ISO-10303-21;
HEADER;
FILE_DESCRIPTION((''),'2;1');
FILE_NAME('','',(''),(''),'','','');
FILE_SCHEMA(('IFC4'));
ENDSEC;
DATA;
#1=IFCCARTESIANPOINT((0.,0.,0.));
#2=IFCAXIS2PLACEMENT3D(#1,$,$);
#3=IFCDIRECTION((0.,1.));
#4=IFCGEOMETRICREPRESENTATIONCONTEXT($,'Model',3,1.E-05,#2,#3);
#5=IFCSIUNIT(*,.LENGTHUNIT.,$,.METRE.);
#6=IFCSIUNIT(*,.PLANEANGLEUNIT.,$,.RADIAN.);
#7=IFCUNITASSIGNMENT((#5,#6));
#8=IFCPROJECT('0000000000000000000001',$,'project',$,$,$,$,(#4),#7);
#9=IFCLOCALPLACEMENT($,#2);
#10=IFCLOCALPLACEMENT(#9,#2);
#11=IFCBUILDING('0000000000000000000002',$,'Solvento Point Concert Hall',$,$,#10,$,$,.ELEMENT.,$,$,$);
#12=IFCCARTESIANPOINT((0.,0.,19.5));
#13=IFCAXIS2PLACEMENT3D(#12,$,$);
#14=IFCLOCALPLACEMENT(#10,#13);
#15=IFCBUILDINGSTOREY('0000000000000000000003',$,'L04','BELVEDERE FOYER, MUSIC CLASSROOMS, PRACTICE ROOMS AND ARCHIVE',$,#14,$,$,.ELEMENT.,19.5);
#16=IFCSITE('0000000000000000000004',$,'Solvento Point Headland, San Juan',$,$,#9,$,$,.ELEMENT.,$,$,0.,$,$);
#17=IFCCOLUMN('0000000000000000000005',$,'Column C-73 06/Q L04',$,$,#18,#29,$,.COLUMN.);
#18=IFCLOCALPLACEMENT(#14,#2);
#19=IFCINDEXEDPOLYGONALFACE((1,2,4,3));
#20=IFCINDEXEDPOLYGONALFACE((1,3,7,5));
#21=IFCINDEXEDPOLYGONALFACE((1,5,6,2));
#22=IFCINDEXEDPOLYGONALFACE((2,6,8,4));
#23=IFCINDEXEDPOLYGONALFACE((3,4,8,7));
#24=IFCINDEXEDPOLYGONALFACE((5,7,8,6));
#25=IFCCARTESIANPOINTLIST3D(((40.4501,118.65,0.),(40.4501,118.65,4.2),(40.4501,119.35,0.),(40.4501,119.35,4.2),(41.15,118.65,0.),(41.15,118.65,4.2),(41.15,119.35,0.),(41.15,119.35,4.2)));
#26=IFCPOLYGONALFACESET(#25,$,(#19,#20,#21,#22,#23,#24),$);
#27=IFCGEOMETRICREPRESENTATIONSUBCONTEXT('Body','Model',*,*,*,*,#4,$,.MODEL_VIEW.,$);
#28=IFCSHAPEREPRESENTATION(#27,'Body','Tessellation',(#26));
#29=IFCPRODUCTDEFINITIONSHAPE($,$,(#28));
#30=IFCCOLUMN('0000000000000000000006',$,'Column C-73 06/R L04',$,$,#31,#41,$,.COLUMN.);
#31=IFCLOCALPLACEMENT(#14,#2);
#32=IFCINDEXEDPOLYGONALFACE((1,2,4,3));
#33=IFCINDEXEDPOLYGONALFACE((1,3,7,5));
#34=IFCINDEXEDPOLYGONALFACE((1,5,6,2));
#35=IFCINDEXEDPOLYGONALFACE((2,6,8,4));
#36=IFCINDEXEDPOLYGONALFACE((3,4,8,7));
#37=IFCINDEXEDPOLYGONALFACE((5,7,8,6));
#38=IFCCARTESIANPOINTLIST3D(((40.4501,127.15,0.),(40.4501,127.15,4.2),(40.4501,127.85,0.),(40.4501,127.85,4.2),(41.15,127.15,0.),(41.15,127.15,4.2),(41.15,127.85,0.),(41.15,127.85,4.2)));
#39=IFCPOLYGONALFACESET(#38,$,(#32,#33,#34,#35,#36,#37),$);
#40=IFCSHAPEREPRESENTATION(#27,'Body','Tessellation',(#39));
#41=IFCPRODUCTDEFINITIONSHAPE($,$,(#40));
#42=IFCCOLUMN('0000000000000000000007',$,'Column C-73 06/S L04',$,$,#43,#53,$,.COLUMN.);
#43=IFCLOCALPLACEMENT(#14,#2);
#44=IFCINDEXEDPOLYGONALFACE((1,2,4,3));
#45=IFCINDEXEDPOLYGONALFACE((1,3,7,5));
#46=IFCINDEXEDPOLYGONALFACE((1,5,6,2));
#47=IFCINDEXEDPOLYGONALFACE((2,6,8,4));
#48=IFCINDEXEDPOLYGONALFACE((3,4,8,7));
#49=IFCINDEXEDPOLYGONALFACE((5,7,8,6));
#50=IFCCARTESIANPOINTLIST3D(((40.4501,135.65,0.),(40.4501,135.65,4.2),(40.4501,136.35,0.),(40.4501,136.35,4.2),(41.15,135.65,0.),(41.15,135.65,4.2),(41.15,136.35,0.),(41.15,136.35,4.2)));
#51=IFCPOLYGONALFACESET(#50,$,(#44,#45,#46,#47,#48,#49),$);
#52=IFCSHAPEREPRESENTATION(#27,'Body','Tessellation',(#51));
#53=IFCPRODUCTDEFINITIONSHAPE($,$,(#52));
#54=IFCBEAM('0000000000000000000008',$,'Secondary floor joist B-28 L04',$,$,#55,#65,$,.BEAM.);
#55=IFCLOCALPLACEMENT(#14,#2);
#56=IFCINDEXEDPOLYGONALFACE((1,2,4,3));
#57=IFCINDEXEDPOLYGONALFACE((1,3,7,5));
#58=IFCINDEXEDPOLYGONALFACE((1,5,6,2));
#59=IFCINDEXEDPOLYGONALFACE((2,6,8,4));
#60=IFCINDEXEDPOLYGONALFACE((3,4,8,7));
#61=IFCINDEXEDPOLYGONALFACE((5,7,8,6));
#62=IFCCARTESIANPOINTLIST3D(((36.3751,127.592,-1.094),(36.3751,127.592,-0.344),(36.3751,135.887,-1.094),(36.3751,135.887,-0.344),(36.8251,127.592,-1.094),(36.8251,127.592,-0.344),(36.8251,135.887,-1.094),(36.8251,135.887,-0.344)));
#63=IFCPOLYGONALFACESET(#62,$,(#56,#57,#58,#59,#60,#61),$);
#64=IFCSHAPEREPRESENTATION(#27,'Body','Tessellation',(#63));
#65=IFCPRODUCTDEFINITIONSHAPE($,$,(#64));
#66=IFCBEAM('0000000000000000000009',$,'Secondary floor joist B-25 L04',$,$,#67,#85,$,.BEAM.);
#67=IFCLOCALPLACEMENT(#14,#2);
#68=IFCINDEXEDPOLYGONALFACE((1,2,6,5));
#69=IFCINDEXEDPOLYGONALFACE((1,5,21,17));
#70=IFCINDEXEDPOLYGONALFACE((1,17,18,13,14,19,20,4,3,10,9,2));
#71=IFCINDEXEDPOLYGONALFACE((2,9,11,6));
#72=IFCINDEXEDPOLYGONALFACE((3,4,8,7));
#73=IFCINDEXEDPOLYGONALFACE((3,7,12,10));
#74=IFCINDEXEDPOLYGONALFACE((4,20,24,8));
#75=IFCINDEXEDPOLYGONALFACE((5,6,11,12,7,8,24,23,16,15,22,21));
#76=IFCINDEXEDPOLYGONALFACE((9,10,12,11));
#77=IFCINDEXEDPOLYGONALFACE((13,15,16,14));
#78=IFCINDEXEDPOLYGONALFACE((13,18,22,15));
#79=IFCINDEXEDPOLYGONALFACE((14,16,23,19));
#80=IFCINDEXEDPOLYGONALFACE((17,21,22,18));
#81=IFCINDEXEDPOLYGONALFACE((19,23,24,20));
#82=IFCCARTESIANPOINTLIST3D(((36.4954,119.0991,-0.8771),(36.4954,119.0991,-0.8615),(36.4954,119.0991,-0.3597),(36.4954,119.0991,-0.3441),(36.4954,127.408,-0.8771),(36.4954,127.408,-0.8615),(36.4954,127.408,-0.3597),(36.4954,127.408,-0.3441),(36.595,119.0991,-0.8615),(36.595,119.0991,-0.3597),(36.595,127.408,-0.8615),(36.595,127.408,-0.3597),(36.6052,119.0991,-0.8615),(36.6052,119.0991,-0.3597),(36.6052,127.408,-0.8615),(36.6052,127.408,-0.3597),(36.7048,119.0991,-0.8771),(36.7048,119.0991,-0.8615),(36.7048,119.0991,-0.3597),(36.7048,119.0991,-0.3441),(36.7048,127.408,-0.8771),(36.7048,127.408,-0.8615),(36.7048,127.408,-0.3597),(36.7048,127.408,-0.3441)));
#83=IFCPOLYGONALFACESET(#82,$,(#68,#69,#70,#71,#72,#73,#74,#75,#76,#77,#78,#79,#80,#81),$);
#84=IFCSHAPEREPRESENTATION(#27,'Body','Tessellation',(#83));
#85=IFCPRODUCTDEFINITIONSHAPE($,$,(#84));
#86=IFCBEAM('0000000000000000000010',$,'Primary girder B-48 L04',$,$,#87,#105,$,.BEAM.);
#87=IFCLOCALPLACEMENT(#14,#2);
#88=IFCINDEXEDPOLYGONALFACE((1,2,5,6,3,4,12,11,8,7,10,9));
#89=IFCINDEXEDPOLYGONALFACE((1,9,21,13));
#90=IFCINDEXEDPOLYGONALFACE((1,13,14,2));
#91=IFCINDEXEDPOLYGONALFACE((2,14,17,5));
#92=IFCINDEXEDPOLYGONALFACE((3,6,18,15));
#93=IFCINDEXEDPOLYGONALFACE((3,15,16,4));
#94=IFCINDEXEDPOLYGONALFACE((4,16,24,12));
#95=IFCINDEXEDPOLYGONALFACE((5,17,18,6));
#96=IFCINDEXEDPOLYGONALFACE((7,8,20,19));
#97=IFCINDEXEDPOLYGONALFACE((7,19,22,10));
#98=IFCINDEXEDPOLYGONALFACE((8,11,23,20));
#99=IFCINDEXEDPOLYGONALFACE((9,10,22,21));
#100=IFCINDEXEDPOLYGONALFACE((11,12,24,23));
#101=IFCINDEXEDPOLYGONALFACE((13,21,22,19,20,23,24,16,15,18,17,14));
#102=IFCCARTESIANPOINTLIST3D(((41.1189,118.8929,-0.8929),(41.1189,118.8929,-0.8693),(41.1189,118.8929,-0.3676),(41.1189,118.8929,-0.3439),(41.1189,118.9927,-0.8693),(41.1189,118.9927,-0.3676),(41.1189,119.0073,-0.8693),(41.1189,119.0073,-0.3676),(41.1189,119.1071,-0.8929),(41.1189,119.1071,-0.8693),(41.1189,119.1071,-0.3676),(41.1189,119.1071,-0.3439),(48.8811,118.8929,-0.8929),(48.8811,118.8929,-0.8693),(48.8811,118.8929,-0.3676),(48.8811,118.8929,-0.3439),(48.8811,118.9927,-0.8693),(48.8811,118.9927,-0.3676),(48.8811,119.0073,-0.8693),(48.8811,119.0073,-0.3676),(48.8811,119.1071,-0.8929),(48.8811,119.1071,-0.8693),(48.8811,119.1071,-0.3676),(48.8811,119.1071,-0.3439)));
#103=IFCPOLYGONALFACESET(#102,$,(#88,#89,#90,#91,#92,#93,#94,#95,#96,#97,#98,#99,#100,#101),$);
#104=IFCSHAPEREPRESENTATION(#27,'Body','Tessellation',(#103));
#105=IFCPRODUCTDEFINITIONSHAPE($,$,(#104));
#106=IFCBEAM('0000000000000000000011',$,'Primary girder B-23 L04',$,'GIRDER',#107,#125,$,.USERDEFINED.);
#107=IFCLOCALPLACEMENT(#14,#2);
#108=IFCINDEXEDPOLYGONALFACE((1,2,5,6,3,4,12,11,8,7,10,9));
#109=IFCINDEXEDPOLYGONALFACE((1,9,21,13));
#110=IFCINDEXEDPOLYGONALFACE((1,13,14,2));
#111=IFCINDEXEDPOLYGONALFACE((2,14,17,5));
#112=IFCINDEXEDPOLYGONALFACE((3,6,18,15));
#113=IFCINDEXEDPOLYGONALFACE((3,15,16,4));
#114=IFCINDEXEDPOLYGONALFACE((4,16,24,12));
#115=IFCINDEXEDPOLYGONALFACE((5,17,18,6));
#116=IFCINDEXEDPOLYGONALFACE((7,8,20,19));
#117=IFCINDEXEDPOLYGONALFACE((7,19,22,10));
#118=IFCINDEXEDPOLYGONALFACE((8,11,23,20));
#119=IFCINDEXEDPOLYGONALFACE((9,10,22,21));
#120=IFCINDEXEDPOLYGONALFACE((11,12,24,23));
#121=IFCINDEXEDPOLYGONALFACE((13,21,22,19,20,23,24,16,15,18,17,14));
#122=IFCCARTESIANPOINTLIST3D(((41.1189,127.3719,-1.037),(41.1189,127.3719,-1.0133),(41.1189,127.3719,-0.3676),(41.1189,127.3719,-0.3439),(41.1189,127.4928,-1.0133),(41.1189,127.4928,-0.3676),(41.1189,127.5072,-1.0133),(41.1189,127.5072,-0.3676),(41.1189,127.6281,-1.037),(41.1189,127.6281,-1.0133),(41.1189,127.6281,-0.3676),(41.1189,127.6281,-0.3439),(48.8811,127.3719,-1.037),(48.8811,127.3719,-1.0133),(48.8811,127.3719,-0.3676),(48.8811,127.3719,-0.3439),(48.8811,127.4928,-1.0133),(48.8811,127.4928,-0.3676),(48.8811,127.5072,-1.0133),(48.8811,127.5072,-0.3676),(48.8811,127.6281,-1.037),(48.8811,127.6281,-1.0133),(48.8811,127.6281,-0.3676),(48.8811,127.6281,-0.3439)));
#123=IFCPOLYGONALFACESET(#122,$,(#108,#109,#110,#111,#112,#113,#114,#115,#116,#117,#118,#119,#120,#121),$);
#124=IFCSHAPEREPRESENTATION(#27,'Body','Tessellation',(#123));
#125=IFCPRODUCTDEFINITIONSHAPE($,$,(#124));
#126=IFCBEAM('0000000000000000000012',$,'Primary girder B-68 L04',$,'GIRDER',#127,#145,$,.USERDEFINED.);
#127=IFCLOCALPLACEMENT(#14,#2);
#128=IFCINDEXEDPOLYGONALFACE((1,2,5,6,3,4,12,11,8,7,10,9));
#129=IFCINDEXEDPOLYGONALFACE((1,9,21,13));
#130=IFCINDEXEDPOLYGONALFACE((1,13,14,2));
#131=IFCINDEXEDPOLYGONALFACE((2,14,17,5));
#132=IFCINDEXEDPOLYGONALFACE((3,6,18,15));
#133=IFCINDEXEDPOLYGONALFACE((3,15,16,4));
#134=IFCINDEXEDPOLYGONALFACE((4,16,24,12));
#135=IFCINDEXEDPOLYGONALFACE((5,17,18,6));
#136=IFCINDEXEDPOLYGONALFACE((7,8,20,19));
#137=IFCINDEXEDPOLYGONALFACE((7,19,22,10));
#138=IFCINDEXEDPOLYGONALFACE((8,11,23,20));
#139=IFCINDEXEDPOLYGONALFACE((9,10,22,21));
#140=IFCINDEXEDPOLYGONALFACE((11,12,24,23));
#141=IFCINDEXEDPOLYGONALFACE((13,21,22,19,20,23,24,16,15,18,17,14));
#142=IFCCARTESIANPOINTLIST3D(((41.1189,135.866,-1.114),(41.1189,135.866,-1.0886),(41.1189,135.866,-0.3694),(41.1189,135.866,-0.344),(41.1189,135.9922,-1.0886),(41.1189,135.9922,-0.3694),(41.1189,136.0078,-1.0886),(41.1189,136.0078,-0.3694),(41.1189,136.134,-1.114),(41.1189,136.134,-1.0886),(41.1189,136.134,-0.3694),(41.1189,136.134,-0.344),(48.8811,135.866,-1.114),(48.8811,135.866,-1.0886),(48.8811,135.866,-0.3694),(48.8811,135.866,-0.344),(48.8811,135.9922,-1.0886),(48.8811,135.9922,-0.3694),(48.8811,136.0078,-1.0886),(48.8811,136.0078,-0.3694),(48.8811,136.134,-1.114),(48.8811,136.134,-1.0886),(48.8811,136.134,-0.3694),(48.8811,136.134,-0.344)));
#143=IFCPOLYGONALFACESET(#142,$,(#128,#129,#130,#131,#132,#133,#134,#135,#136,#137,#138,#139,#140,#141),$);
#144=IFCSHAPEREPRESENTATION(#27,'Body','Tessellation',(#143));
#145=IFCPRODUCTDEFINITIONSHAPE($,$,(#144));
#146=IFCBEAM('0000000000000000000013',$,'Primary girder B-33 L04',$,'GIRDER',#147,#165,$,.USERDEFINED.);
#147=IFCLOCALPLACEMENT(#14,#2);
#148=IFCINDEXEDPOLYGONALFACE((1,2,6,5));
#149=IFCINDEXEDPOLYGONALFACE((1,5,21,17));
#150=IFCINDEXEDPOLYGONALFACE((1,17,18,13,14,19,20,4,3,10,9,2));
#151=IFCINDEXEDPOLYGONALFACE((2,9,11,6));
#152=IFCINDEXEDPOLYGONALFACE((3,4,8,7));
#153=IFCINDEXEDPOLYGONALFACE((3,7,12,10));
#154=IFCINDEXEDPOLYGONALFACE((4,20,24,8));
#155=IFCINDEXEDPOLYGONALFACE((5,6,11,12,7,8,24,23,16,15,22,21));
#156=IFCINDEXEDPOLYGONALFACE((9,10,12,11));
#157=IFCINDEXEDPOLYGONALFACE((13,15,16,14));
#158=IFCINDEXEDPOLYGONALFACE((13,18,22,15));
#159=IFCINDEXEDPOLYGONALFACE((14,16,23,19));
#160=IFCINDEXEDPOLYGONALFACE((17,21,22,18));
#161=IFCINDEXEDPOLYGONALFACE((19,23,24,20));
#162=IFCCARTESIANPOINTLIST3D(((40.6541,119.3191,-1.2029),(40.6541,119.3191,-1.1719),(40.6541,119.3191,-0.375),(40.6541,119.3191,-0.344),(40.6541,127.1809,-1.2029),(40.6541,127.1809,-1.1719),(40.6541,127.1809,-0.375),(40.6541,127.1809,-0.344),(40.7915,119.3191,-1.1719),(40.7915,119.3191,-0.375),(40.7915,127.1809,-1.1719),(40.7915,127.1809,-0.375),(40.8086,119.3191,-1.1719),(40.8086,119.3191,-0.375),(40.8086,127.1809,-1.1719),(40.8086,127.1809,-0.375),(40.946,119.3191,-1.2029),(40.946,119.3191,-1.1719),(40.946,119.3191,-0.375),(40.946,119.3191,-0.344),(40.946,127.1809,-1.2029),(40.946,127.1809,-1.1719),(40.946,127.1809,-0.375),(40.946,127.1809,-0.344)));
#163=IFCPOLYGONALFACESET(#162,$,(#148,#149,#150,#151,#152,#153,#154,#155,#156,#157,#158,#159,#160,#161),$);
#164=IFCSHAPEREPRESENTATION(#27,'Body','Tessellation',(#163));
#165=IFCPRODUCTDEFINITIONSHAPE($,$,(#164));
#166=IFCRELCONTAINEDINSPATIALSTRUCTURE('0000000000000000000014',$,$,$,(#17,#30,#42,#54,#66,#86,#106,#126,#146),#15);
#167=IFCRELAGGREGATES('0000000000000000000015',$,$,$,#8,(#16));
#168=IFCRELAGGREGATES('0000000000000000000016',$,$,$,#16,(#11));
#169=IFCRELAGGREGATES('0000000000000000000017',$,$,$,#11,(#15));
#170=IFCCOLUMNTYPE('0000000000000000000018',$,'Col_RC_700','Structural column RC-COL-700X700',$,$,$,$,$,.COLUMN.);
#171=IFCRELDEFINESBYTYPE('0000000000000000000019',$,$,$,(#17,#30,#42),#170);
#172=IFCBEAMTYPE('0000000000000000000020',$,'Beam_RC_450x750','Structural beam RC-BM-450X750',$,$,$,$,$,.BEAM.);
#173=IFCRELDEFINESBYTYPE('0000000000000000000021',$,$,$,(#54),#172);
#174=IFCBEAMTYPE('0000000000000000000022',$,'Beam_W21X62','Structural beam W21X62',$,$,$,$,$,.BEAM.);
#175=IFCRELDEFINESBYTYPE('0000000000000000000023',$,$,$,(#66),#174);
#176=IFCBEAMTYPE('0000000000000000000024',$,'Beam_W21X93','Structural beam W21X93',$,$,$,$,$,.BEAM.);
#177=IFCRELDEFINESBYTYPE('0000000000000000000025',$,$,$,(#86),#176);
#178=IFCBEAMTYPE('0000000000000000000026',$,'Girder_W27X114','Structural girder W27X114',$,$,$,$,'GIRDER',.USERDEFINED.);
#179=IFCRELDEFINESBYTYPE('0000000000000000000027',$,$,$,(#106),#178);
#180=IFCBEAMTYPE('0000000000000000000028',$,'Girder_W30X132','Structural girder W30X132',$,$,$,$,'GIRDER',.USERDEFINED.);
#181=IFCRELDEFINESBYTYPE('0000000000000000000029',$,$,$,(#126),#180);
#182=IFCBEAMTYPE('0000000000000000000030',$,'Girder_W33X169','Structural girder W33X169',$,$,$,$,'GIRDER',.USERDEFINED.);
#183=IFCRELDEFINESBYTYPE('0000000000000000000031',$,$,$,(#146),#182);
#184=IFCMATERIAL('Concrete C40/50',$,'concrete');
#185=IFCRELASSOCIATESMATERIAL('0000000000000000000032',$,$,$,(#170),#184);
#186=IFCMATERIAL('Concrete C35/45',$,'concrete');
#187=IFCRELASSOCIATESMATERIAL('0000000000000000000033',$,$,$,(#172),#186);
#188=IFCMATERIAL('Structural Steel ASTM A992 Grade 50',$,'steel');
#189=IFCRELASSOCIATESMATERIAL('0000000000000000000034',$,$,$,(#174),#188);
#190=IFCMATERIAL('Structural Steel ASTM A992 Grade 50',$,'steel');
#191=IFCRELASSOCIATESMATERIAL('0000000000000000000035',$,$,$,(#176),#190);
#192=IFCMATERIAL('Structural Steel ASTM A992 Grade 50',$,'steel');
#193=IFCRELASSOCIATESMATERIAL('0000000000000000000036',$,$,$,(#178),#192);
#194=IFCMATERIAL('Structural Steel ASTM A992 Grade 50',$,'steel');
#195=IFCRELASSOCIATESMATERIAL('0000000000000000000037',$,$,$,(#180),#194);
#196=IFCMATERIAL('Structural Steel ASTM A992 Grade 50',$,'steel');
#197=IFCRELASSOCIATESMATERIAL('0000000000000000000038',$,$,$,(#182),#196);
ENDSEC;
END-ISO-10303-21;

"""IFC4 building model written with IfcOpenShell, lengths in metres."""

from ifc_helpers import new_model, si_unit, direction, frame, origin, origin_2d, place, context, subcontext, project, spatial, rectangle, i_section, extrude, material, material_profile, profile_set, type_object, element, save


model = new_model("IFC4")

# Units and contexts
model_context = context("Model", 3, precision=1e-05, world=origin(), true_north=direction((0.0, 1.0)))
body_context = subcontext(model_context, "Body", "Model", "MODEL_VIEW")
ifc_project = project(units=[si_unit("LENGTHUNIT", "METRE"), si_unit("PLANEANGLEUNIT", "RADIAN")], contexts=[model_context])

# Site, building, storey
site_placement = place(None, origin())
site = spatial("IfcSite", under=ifc_project, at=site_placement, Name="Solvento Point Headland, San Juan", CompositionType="ELEMENT", RefElevation=0.0)
building_placement = place(site_placement, origin())
building = spatial("IfcBuilding", under=site, at=building_placement, Name="Solvento Point Concert Hall", CompositionType="ELEMENT")
storey_placement = place(building_placement, frame((0.0, 0.0, 19.5)))
storey = spatial("IfcBuildingStorey", under=building, at=storey_placement, Name="L04", Description="BELVEDERE FOYER, MUSIC CLASSROOMS, PRACTICE ROOMS AND ARCHIVE", CompositionType="ELEMENT", Elevation=19.5)

# Columns
ifc_material_1 = material(Name="Concrete C40/50", Category="concrete")
ifc_material_profile_1 = material_profile(ifc_material_1, rectangle(XDim=0.7, YDim=0.7, at=origin_2d()), Name="RC-COL-700X700")
ifc_profile_set_1 = profile_set([ifc_material_profile_1], Name="Concrete C40/50")
column_type = type_object("IfcColumnType", Name="Col_RC_700", Description="Structural column RC-COL-700X700", PredefinedType="COLUMN", material=ifc_profile_set_1)
for number, where, z_axis, x_axis, name in (
    (1, (40.8, 119.0, 0.0), (0.0, 0.0, 1.0), (1.0, 0.0, 0.0), "Column C-73 06/Q L04"),
    (2, (40.8, 127.5, 0.0), (0.0, 0.0, 1.0), (1.0, 0.0, 0.0), "Column C-73 06/R L04"),
    (3, (40.8, 136.0, 0.0), (0.0, 0.0, 1.0), (1.0, 0.0, 0.0), "Column C-73 06/S L04"),
):
    element("IfcColumn", number, at=place(storey_placement, frame(where, z_axis=z_axis, x_axis=x_axis)), inside=storey, type_object=column_type, Name=name, PredefinedType="COLUMN", context=body_context, shape_type="SweptSolid", body=[
        extrude(rectangle(XDim=0.7, YDim=0.7, at=origin_2d()), origin(), (0.0, 0.0, 1.0), 4.2),
    ])

# Beams
ifc_material_2 = material(Name="Concrete C35/45", Category="concrete")
ifc_material_profile_2 = material_profile(ifc_material_2, rectangle(XDim=0.45, YDim=0.75, at=origin_2d()), Name="RC-BM-450X750")
ifc_profile_set_2 = profile_set([ifc_material_profile_2], Name="Concrete C35/45")
beam_type_1 = type_object("IfcBeamType", Name="Beam_RC_450x750", Description="Structural beam RC-BM-450X750", PredefinedType="BEAM", material=ifc_profile_set_2)
beam_1_placement = place(storey_placement, frame((36.6001, 127.592, -0.719), z_axis=(0.0, 1.0, 0.0), x_axis=(-1.0, 0.0, 0.0)))
element("IfcBeam", 4, at=beam_1_placement, inside=storey, type_object=beam_type_1, Name="Secondary floor joist B-28 L04", PredefinedType="BEAM", context=body_context, shape_type="SweptSolid", body=[
    extrude(rectangle(XDim=0.45, YDim=0.75, at=origin_2d()), origin(), (0.0, 0.0, 1.0), 8.2949),
])
ifc_material_3 = material(Name="Structural Steel ASTM A992 Grade 50", Category="steel")
ifc_material_profile_3 = material_profile(ifc_material_3, i_section(OverallWidth=0.2095, OverallDepth=0.533, WebThickness=0.0103, FlangeThickness=0.0156, at=origin_2d()), Name="W21X62")
ifc_profile_set_3 = profile_set([ifc_material_profile_3], Name="Structural Steel ASTM A992 Grade 50")
beam_type_2 = type_object("IfcBeamType", Name="Beam_W21X62", Description="Structural beam W21X62", PredefinedType="BEAM", material=ifc_profile_set_3)
beam_2_placement = place(storey_placement, frame((36.6001, 119.0991, -0.6106), z_axis=(0.0, 1.0, 0.0), x_axis=(-1.0, 0.0, 0.0)))
element("IfcBeam", 5, at=beam_2_placement, inside=storey, type_object=beam_type_2, Name="Secondary floor joist B-25 L04", PredefinedType="BEAM", context=body_context, shape_type="SweptSolid", body=[
    extrude(i_section(OverallWidth=0.2095, OverallDepth=0.533, WebThickness=0.0103, FlangeThickness=0.0156, at=origin_2d()), origin(), (0.0, 0.0, 1.0), 8.3088),
])
ifc_material_4 = material(Name="Structural Steel ASTM A992 Grade 50", Category="steel")
ifc_material_profile_4 = material_profile(ifc_material_4, i_section(OverallWidth=0.2141, OverallDepth=0.5491, WebThickness=0.0146, FlangeThickness=0.0237, at=origin_2d()), Name="W21X93")
ifc_profile_set_4 = profile_set([ifc_material_profile_4], Name="Structural Steel ASTM A992 Grade 50")
beam_type_3 = type_object("IfcBeamType", Name="Beam_W21X93", Description="Structural beam W21X93", PredefinedType="BEAM", material=ifc_profile_set_4)
beam_3_placement = place(storey_placement, frame((41.1189, 119.0, -0.6184), z_axis=(1.0, 0.0, 0.0), x_axis=(0.0, 1.0, 0.0)))
element("IfcBeam", 6, at=beam_3_placement, inside=storey, type_object=beam_type_3, Name="Primary girder B-48 L04", PredefinedType="BEAM", context=body_context, shape_type="SweptSolid", body=[
    extrude(i_section(OverallWidth=0.2141, OverallDepth=0.5491, WebThickness=0.0146, FlangeThickness=0.0237, at=origin_2d()), origin(), (0.0, 0.0, 1.0), 7.7622),
])
ifc_material_5 = material(Name="Structural Steel ASTM A992 Grade 50", Category="steel")
ifc_material_profile_5 = material_profile(ifc_material_5, i_section(OverallWidth=0.2561, OverallDepth=0.6931, WebThickness=0.0144, FlangeThickness=0.0237, at=origin_2d()), Name="W27X114")
ifc_profile_set_5 = profile_set([ifc_material_profile_5], Name="Structural Steel ASTM A992 Grade 50")
beam_type_4 = type_object("IfcBeamType", Name="Girder_W27X114", Description="Structural girder W27X114", ElementType="GIRDER", PredefinedType="USERDEFINED", material=ifc_profile_set_5)
beam_4_placement = place(storey_placement, frame((41.1189, 127.5, -0.6904), z_axis=(1.0, 0.0, 0.0), x_axis=(0.0, 1.0, 0.0)))
element("IfcBeam", 7, at=beam_4_placement, inside=storey, type_object=beam_type_4, Name="Primary girder B-23 L04", ObjectType="GIRDER", PredefinedType="USERDEFINED", context=body_context, shape_type="SweptSolid", body=[
    extrude(i_section(OverallWidth=0.2561, OverallDepth=0.6931, WebThickness=0.0144, FlangeThickness=0.0237, at=origin_2d()), origin(), (0.0, 0.0, 1.0), 7.7622),
])
ifc_material_6 = material(Name="Structural Steel ASTM A992 Grade 50", Category="steel")
ifc_material_profile_6 = material_profile(ifc_material_6, i_section(OverallWidth=0.2681, OverallDepth=0.77, WebThickness=0.0156, FlangeThickness=0.0254, at=origin_2d()), Name="W30X132")
ifc_profile_set_6 = profile_set([ifc_material_profile_6], Name="Structural Steel ASTM A992 Grade 50")
beam_type_5 = type_object("IfcBeamType", Name="Girder_W30X132", Description="Structural girder W30X132", ElementType="GIRDER", PredefinedType="USERDEFINED", material=ifc_profile_set_6)
beam_5_placement = place(storey_placement, frame((41.1189, 136.0, -0.729), z_axis=(1.0, 0.0, 0.0), x_axis=(0.0, 1.0, 0.0)))
element("IfcBeam", 8, at=beam_5_placement, inside=storey, type_object=beam_type_5, Name="Primary girder B-68 L04", ObjectType="GIRDER", PredefinedType="USERDEFINED", context=body_context, shape_type="SweptSolid", body=[
    extrude(i_section(OverallWidth=0.2681, OverallDepth=0.77, WebThickness=0.0156, FlangeThickness=0.0254, at=origin_2d()), origin(), (0.0, 0.0, 1.0), 7.7622),
])
ifc_material_7 = material(Name="Structural Steel ASTM A992 Grade 50", Category="steel")
ifc_material_profile_7 = material_profile(ifc_material_7, i_section(OverallWidth=0.292, OverallDepth=0.8589, WebThickness=0.0171, FlangeThickness=0.031, at=origin_2d()), Name="W33X169")
ifc_profile_set_7 = profile_set([ifc_material_profile_7], Name="Structural Steel ASTM A992 Grade 50")
beam_type_6 = type_object("IfcBeamType", Name="Girder_W33X169", Description="Structural girder W33X169", ElementType="GIRDER", PredefinedType="USERDEFINED", material=ifc_profile_set_7)
beam_6_placement = place(storey_placement, frame((40.8, 119.3191, -0.7734), z_axis=(0.0, 1.0, 0.0), x_axis=(-1.0, 0.0, 0.0)))
element("IfcBeam", 9, at=beam_6_placement, inside=storey, type_object=beam_type_6, Name="Primary girder B-33 L04", ObjectType="GIRDER", PredefinedType="USERDEFINED", context=body_context, shape_type="SweptSolid", body=[
    extrude(i_section(OverallWidth=0.292, OverallDepth=0.8589, WebThickness=0.0171, FlangeThickness=0.031, at=origin_2d()), origin(), (0.0, 0.0, 1.0), 7.8618),
])

save(model, "model.ifc")
